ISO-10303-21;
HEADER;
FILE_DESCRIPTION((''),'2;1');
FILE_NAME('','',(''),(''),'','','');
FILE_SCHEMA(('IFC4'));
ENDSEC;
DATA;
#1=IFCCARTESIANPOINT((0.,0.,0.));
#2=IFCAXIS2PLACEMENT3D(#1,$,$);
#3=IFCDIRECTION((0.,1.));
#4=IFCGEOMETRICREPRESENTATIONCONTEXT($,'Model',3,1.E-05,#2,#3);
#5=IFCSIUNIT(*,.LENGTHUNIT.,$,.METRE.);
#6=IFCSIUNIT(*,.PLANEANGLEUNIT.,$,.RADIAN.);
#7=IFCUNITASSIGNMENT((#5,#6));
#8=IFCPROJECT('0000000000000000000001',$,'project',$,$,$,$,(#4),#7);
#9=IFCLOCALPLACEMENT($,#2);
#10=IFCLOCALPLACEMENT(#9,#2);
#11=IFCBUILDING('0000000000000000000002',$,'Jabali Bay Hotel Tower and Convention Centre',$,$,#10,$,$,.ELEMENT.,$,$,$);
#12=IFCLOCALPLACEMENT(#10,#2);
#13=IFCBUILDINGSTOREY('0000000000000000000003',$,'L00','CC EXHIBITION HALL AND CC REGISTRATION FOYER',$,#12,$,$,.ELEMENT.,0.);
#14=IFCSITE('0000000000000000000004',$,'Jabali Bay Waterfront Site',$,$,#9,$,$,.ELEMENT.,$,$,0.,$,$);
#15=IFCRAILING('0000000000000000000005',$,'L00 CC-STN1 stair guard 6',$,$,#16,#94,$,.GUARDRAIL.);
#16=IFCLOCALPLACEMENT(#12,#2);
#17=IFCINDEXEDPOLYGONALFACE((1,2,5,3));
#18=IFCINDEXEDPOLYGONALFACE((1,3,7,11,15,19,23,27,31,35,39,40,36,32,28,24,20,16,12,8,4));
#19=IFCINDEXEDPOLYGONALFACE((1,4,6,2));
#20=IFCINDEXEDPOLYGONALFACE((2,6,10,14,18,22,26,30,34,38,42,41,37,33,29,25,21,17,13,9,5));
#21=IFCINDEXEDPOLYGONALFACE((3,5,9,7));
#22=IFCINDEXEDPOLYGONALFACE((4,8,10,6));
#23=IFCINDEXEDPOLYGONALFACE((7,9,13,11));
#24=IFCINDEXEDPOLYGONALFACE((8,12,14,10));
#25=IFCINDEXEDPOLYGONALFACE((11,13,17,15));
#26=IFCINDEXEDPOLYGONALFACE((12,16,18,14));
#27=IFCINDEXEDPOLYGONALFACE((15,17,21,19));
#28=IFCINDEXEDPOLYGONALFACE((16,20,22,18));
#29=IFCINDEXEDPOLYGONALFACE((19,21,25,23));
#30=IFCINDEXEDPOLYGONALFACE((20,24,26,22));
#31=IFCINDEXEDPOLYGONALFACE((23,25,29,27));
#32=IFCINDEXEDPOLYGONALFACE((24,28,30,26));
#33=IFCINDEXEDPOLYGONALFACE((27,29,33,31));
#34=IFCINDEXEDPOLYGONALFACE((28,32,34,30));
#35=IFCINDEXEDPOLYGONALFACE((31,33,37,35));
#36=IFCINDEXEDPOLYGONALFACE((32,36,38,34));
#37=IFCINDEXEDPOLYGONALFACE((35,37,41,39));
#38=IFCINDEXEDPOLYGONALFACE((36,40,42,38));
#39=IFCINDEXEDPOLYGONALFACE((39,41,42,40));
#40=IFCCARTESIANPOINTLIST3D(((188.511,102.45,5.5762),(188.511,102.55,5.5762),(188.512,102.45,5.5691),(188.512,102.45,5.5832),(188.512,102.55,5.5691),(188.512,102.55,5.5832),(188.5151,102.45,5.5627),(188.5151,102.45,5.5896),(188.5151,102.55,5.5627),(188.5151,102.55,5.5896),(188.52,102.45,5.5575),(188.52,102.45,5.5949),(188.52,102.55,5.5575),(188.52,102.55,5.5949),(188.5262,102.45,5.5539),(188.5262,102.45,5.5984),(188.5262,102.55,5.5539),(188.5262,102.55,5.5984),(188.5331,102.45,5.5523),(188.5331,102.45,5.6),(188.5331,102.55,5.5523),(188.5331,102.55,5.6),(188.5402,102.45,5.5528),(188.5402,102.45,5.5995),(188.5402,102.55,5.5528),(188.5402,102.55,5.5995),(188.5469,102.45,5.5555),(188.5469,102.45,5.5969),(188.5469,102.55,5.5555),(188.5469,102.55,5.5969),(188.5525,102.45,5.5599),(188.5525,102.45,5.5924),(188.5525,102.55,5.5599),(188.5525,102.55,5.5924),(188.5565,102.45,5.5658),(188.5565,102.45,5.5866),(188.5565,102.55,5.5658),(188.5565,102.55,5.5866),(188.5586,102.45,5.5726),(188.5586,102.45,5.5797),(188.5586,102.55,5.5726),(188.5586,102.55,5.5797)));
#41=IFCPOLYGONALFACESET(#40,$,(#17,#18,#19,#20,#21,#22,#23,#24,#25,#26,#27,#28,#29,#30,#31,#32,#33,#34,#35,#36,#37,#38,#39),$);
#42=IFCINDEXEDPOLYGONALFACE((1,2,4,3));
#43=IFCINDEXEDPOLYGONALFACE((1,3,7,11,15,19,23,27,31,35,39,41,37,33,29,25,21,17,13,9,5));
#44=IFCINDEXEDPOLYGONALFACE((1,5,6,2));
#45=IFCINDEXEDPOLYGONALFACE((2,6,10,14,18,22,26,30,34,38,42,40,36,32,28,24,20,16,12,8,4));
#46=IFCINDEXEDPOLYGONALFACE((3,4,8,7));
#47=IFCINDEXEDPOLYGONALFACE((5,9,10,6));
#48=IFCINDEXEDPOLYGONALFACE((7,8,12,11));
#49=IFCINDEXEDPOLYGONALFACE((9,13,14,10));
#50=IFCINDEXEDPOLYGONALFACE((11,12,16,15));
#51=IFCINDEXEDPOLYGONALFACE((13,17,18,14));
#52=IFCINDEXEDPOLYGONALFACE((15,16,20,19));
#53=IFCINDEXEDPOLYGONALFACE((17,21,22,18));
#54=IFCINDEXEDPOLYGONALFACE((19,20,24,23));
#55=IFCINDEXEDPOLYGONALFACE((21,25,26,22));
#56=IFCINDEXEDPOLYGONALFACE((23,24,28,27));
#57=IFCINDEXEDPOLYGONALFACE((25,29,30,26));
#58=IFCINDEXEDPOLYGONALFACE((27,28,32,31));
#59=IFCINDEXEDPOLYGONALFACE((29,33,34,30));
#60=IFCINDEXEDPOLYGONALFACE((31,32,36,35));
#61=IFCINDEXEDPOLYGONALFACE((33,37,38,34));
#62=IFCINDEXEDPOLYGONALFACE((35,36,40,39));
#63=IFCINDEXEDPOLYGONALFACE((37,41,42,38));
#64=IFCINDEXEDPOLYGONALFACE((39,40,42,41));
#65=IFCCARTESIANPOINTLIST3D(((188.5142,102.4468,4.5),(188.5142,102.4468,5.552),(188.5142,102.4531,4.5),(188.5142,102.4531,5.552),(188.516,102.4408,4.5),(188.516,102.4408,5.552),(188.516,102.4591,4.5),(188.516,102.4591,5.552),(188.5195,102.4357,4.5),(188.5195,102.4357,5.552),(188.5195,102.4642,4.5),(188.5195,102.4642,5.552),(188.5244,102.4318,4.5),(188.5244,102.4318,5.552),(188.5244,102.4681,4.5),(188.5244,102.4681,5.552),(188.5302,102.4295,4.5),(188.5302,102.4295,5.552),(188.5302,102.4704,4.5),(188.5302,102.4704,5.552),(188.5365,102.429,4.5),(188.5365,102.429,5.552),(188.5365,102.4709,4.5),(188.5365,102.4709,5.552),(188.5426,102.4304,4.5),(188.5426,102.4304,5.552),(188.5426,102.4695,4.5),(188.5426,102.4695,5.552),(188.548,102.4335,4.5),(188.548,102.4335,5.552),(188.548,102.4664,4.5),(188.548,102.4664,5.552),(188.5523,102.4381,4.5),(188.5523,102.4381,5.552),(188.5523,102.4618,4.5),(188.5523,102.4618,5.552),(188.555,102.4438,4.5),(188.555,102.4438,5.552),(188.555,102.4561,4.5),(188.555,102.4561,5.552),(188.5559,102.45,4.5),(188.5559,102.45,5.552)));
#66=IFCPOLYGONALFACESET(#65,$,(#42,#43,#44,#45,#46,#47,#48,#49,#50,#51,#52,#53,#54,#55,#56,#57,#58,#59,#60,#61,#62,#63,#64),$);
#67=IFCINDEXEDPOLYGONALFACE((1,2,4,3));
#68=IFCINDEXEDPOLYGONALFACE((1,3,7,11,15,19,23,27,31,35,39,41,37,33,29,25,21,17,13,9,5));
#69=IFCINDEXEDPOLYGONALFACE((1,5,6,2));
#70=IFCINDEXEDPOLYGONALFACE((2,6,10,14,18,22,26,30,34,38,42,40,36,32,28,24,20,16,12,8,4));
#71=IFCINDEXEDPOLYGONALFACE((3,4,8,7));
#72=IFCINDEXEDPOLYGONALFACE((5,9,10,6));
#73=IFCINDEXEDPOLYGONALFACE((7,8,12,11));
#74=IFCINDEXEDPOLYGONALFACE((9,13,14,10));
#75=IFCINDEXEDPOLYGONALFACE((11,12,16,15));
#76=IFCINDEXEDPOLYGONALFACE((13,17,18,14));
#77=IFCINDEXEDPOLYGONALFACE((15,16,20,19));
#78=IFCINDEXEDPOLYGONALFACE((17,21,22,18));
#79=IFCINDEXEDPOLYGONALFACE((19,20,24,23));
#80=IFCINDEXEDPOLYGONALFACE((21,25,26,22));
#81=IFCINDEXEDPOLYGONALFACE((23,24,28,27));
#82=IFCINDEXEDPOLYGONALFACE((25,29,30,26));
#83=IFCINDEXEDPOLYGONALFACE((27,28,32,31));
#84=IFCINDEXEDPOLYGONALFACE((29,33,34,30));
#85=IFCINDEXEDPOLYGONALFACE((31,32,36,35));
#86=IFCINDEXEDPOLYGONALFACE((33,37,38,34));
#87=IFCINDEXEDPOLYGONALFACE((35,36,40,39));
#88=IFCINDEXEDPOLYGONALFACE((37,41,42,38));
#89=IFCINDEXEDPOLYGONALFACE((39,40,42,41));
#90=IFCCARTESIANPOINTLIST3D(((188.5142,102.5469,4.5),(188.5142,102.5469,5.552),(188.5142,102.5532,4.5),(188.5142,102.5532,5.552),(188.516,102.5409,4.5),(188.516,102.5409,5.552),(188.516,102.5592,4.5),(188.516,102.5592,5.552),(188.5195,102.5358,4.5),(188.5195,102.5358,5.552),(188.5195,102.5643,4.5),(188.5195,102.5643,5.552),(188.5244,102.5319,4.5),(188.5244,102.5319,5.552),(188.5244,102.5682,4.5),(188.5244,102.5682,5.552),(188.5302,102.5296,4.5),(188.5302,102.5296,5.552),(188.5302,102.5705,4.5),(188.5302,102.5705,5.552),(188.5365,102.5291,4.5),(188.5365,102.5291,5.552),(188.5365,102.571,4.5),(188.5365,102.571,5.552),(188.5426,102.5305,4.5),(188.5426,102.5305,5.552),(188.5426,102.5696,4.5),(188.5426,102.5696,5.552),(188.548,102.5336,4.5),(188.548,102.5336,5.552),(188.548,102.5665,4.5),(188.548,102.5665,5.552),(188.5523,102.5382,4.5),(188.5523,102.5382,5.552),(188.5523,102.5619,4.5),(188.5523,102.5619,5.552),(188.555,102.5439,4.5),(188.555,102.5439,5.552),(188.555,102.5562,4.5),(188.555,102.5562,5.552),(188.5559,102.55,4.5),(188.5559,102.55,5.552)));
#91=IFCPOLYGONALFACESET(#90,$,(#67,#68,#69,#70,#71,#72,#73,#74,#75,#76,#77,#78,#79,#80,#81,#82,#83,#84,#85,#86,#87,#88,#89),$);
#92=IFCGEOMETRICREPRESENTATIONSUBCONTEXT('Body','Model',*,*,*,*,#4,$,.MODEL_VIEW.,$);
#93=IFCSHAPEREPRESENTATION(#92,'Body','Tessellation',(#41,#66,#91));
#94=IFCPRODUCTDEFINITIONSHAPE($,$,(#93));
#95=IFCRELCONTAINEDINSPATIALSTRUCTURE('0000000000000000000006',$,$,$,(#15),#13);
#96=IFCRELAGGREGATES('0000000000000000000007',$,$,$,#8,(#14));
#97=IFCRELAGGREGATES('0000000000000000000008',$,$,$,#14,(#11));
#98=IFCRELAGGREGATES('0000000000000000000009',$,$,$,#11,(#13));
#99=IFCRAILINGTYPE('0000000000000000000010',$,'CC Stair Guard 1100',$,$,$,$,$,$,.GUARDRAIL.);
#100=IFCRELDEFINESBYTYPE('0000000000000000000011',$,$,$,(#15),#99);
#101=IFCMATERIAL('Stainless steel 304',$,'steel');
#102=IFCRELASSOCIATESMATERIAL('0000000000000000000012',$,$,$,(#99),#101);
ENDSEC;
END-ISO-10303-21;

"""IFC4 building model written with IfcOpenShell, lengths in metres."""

from ifc_helpers import new_model, si_unit, direction, frame, origin, origin_2d, place, context, subcontext, project, spatial, circle, extrude, material, type_object, element, save


model = new_model("IFC4")

# Units and contexts
model_context = context("Model", 3, precision=1e-05, world=origin(), true_north=direction((0.0, 1.0)))
body_context = subcontext(model_context, "Body", "Model", "MODEL_VIEW")
ifc_project = project(units=[si_unit("LENGTHUNIT", "METRE"), si_unit("PLANEANGLEUNIT", "RADIAN")], contexts=[model_context])

# Site, building, storey
site_placement = place(None, origin())
site = spatial("IfcSite", under=ifc_project, at=site_placement, Name="Jabali Bay Waterfront Site", CompositionType="ELEMENT", RefElevation=0.0)
building_placement = place(site_placement, origin())
building = spatial("IfcBuilding", under=site, at=building_placement, Name="Jabali Bay Hotel Tower and Convention Centre", CompositionType="ELEMENT")
storey_placement = place(building_placement, origin())
storey = spatial("IfcBuildingStorey", under=building, at=storey_placement, Name="L00", Description="CC EXHIBITION HALL AND CC REGISTRATION FOYER", CompositionType="ELEMENT", Elevation=0.0)

# Railing
ifc_material_1 = material(Name="Stainless steel 304", Category="steel")
railing_type_1 = type_object("IfcRailingType", Name="CC Stair Guard 1100", PredefinedType="GUARDRAIL", material=ifc_material_1)
railing_1_placement = place(storey_placement, frame((188.5349, 102.45, 4.5)))
element("IfcRailing", 1, at=railing_1_placement, inside=storey, type_object=railing_type_1, Name="L00 CC-STN1 stair guard 6", PredefinedType="GUARDRAIL", context=body_context, shape_type="SweptSolid", body=[
    extrude(circle(Radius=0.0239, at=origin_2d()), frame((0.0, 0.0, 1.0762), z_axis=(0.0, 1.0, 0.0), x_axis=(-1.0, 0.0, 0.0)), (0.0, 0.0, 1.0), 0.1001),
    extrude(circle(Radius=0.021, at=origin_2d()), origin(), (0.0, 0.0, 1.0), 1.052),
    extrude(circle(Radius=0.021, at=origin_2d()), frame((0.0, 0.1001, 0.0)), (0.0, 0.0, 1.0), 1.052),
])

save(model, "model.ifc")
